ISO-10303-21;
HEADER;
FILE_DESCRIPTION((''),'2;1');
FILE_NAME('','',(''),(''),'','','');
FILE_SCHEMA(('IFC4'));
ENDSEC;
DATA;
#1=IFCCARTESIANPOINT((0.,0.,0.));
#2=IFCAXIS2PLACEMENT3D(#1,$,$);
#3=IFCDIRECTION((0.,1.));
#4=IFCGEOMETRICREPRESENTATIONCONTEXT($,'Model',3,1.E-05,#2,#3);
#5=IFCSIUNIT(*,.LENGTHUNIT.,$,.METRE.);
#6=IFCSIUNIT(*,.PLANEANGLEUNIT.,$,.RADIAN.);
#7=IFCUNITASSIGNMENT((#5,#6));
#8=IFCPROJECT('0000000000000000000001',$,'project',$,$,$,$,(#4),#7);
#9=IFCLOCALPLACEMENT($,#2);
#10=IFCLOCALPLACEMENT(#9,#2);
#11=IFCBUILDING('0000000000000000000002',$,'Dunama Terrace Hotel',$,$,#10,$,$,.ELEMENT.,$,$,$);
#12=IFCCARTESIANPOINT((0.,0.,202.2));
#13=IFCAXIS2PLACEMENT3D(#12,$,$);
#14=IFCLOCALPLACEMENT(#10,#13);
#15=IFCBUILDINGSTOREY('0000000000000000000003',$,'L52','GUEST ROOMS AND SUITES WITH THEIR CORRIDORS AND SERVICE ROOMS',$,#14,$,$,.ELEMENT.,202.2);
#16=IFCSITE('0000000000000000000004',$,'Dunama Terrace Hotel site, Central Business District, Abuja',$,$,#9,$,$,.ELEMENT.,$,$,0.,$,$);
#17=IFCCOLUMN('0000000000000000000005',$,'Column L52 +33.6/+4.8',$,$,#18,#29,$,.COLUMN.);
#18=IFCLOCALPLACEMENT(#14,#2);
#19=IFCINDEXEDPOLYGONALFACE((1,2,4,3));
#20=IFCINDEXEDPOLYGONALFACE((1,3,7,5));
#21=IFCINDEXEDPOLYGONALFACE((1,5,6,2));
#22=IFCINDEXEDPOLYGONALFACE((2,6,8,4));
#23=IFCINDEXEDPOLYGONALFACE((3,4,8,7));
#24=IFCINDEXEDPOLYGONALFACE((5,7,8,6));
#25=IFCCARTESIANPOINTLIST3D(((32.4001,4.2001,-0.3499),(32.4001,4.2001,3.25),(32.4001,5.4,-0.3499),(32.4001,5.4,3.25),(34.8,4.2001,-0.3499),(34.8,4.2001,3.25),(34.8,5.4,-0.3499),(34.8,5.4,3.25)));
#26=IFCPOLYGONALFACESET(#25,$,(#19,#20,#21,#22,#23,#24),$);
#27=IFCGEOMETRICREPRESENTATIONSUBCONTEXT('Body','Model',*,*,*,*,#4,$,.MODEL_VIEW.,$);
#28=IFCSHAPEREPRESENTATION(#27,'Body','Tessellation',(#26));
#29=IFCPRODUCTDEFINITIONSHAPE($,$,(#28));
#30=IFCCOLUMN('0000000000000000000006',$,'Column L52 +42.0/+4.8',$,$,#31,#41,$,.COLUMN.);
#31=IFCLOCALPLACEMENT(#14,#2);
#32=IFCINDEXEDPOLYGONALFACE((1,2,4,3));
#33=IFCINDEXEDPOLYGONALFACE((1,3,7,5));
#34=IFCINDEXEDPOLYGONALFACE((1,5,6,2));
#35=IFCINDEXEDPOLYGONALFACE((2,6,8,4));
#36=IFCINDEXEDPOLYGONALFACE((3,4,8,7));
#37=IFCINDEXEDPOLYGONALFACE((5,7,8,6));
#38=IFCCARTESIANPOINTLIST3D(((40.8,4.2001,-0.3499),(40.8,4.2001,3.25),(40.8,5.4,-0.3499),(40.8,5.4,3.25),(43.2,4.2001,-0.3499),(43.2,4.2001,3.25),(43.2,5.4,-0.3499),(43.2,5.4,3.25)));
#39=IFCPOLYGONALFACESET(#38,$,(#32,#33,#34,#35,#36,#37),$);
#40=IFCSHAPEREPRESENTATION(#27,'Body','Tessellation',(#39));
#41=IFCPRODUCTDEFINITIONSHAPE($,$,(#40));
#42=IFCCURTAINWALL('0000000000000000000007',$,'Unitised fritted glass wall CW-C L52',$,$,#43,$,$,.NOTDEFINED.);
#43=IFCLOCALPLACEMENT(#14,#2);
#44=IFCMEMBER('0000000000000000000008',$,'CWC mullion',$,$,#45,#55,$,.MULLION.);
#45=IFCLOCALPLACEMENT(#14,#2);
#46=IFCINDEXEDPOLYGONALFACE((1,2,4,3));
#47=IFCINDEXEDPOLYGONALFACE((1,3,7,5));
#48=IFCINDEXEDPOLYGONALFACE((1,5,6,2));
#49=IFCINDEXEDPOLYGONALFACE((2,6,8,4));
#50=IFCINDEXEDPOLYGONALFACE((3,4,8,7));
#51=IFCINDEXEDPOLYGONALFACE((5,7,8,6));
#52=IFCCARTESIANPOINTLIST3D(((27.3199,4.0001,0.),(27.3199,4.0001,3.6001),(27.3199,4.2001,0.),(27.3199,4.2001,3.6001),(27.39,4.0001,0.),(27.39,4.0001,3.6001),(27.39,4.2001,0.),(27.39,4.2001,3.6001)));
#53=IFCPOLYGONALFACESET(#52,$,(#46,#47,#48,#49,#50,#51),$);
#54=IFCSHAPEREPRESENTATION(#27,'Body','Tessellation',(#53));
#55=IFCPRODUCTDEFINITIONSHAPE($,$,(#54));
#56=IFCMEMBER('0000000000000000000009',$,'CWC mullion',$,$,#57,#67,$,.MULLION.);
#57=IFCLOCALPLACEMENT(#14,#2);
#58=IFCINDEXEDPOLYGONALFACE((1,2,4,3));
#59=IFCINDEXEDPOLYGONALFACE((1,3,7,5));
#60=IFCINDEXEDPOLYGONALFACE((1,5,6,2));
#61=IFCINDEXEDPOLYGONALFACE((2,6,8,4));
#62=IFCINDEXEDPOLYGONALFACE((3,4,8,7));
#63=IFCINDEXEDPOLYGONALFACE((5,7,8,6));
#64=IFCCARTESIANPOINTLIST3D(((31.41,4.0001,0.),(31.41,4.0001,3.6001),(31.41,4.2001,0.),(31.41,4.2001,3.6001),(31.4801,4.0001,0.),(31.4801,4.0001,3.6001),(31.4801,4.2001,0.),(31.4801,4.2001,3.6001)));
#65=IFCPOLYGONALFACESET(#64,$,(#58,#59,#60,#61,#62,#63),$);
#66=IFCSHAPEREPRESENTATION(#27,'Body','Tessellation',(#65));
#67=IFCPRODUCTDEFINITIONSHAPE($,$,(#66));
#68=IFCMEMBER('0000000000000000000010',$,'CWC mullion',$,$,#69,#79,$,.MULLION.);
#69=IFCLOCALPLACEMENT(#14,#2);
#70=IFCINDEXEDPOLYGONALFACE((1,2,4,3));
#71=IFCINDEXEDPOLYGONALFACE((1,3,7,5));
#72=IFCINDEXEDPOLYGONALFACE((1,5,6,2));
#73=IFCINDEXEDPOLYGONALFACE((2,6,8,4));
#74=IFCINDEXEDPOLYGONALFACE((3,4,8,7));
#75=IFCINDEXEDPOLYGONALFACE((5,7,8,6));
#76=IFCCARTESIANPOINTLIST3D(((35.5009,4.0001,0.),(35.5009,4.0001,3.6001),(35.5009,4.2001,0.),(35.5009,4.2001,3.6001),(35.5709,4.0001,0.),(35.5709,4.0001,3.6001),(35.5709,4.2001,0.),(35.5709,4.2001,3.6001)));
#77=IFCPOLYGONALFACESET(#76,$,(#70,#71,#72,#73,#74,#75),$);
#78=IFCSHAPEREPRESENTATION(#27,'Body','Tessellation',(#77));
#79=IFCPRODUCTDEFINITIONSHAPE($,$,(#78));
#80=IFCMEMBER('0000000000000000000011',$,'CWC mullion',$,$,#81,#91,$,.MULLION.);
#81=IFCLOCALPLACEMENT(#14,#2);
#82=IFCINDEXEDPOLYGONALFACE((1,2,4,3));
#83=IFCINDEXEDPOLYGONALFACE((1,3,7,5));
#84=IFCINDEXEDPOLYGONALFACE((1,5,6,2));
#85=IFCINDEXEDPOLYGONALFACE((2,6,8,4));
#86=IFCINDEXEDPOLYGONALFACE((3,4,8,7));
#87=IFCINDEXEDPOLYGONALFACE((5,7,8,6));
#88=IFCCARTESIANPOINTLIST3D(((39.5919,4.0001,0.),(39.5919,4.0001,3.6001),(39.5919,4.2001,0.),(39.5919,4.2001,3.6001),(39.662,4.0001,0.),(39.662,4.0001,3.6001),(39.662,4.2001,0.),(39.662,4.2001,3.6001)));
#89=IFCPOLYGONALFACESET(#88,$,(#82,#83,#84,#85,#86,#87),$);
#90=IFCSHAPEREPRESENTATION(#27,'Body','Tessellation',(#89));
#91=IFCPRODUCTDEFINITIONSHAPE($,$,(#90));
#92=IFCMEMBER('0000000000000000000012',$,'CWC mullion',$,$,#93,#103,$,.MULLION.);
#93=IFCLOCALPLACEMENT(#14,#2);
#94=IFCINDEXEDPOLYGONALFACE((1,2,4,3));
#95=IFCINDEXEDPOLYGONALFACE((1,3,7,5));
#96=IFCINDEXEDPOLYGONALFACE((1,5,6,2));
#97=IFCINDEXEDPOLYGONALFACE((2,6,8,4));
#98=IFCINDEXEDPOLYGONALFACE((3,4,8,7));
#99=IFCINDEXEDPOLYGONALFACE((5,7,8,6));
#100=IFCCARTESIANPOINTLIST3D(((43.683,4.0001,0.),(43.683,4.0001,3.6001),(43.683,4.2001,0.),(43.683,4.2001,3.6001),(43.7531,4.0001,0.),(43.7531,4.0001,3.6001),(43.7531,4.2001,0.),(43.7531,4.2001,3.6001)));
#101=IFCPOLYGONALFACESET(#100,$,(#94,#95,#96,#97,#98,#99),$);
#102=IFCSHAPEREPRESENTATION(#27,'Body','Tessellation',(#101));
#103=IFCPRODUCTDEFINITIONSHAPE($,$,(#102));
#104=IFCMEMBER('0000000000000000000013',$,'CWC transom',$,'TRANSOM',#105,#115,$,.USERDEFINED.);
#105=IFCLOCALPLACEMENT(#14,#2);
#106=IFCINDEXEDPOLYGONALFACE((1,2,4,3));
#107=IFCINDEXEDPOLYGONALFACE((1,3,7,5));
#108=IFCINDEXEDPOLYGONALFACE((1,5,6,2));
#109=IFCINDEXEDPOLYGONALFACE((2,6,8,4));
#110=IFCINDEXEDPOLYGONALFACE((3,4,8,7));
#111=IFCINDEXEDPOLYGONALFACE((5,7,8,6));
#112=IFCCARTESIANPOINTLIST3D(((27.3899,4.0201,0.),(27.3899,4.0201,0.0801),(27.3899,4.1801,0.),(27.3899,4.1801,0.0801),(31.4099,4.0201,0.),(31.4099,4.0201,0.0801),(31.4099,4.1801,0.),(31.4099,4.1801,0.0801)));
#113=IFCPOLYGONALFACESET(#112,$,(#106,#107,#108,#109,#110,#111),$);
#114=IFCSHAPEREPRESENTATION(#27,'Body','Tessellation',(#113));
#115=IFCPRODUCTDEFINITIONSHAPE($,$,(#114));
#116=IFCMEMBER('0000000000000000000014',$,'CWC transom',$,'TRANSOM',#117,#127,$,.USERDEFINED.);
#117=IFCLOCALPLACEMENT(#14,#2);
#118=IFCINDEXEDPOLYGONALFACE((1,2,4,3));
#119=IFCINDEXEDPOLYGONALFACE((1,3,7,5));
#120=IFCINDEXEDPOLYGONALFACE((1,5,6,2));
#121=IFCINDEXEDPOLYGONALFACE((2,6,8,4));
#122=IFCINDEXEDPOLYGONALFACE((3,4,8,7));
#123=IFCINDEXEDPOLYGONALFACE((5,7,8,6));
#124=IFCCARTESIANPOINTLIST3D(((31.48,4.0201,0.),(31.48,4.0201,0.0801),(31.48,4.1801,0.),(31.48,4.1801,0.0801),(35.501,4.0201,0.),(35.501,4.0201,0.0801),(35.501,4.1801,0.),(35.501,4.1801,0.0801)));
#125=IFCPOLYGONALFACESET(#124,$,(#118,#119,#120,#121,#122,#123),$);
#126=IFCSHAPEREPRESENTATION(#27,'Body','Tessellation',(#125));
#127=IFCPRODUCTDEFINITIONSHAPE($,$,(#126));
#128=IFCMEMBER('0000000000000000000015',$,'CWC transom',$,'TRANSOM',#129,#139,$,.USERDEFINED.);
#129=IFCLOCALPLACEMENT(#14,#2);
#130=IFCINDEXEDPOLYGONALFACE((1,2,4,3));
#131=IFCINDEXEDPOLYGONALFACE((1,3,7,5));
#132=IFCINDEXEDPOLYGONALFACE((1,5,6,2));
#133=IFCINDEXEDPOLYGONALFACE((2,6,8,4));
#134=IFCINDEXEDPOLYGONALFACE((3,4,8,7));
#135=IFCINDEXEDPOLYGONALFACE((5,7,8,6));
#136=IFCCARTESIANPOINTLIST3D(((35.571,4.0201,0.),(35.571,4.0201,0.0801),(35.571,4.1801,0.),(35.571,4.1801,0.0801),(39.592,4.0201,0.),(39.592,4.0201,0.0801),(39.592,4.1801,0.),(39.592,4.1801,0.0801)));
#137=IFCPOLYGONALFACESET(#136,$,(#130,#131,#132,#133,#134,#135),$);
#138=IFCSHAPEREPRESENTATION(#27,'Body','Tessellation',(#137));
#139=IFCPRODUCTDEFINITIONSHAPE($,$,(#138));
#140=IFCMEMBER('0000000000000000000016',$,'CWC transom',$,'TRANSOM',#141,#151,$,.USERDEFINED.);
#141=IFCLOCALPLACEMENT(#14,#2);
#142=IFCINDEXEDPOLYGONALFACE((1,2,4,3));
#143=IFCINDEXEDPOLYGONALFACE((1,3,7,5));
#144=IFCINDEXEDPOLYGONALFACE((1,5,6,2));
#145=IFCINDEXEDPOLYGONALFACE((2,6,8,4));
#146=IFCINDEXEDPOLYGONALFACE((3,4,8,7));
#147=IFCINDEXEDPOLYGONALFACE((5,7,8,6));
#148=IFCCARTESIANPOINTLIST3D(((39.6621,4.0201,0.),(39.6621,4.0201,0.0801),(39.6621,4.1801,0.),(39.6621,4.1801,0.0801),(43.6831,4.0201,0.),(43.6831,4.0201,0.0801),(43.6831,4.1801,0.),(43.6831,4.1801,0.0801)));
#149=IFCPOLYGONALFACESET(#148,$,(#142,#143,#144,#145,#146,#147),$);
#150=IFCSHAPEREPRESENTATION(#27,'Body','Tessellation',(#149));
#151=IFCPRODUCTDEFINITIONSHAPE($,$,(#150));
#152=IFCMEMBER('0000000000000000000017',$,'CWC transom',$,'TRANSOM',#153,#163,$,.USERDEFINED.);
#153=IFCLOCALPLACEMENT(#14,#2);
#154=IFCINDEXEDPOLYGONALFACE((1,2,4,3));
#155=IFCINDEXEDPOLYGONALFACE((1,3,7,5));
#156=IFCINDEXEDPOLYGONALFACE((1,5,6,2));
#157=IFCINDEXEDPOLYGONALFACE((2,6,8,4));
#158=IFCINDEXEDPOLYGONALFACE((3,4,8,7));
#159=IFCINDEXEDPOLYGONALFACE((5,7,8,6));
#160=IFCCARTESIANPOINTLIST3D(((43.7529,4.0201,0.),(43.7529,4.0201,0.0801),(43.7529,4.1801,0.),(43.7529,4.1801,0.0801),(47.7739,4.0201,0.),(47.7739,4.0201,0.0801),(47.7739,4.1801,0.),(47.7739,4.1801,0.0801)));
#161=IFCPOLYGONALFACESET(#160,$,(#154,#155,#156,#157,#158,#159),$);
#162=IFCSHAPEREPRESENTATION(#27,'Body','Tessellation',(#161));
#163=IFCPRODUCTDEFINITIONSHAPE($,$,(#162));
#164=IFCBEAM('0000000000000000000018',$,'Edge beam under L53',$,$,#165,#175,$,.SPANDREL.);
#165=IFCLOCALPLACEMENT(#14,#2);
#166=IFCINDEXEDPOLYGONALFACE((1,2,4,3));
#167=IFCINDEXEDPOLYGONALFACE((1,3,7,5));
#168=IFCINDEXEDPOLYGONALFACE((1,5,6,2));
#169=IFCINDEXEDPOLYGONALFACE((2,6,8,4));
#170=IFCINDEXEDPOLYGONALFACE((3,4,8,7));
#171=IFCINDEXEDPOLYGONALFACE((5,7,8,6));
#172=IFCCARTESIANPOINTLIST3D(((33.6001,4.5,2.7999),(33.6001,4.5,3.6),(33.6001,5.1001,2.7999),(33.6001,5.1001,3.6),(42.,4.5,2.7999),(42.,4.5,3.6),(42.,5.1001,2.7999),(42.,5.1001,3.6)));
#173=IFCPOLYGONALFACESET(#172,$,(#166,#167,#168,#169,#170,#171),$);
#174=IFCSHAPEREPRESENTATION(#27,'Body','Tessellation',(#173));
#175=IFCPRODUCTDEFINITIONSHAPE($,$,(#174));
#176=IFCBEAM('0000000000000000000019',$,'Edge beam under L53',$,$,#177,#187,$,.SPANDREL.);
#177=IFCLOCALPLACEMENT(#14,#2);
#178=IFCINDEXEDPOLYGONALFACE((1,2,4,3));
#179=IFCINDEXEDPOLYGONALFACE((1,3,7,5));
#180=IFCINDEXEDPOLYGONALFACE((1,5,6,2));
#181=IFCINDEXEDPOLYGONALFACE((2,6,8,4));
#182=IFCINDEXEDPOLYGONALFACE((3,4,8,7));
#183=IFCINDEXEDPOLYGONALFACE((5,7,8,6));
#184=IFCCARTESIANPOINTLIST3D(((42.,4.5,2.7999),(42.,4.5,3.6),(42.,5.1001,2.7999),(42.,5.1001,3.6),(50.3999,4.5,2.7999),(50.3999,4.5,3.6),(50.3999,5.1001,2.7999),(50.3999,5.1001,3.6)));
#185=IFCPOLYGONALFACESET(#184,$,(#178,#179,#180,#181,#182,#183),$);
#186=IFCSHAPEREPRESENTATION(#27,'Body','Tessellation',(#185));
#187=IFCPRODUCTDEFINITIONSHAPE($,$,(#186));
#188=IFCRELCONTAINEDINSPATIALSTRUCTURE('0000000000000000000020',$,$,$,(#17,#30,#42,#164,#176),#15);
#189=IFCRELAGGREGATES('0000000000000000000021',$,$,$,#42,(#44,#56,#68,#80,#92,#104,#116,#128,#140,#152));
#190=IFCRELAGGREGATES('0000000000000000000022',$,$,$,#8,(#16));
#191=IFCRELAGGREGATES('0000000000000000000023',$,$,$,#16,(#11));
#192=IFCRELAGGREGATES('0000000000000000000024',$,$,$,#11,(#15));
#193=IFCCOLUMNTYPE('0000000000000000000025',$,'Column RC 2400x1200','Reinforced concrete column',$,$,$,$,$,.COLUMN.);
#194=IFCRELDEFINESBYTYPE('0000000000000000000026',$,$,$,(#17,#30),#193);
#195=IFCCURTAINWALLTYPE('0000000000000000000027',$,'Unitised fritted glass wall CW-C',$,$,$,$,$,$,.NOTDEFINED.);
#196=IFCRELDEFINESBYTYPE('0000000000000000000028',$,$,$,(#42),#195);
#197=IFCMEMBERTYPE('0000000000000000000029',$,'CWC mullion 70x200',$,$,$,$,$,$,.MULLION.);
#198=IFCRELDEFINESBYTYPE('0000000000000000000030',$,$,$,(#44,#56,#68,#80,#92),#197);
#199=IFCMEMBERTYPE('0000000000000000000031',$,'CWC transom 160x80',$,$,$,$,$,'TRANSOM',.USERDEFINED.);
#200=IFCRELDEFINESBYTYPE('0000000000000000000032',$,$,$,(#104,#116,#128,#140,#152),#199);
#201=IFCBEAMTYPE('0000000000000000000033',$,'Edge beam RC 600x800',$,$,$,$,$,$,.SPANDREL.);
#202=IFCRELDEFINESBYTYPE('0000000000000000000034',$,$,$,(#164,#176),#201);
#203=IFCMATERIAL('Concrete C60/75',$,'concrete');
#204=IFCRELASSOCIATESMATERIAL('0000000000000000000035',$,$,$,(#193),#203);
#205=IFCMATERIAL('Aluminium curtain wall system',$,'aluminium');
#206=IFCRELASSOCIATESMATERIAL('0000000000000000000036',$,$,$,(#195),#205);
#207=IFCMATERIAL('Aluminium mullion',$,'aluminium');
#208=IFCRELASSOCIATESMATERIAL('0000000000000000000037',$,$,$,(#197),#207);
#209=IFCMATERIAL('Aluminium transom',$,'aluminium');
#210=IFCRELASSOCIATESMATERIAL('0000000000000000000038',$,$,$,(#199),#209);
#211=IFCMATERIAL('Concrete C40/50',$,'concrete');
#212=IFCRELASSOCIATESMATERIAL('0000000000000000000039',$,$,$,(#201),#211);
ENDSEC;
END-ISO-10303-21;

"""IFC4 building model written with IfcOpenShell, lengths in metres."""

from ifc_helpers import new_model, si_unit, direction, frame, origin, origin_2d, place, context, subcontext, project, spatial, rectangle, extrude, material, material_profile, profile_set, type_object, element, aggregate, save


model = new_model("IFC4")

# Units and contexts
model_context = context("Model", 3, precision=1e-05, world=origin(), true_north=direction((0.0, 1.0)))
body_context = subcontext(model_context, "Body", "Model", "MODEL_VIEW")
ifc_project = project(units=[si_unit("LENGTHUNIT", "METRE"), si_unit("PLANEANGLEUNIT", "RADIAN")], contexts=[model_context])

# Site, building, storey
site_placement = place(None, origin())
site = spatial("IfcSite", under=ifc_project, at=site_placement, Name="Dunama Terrace Hotel site, Central Business District, Abuja", CompositionType="ELEMENT", RefElevation=0.0)
building_placement = place(site_placement, origin())
building = spatial("IfcBuilding", under=site, at=building_placement, Name="Dunama Terrace Hotel", CompositionType="ELEMENT")
storey_placement = place(building_placement, frame((0.0, 0.0, 202.2)))
storey = spatial("IfcBuildingStorey", under=building, at=storey_placement, Name="L52", Description="GUEST ROOMS AND SUITES WITH THEIR CORRIDORS AND SERVICE ROOMS", CompositionType="ELEMENT", Elevation=202.2)

# Columns
ifc_material_1 = material(Name="Concrete C60/75", Category="concrete")
ifc_material_profile_1 = material_profile(ifc_material_1, rectangle(XDim=2.3999, YDim=1.2, at=origin_2d()), Name="RC 2400x1200")
ifc_profile_set_1 = profile_set([ifc_material_profile_1], Name="Concrete C60/75")
column_type = type_object("IfcColumnType", Name="Column RC 2400x1200", Description="Reinforced concrete column", PredefinedType="COLUMN", material=ifc_profile_set_1)
for number, where, z_axis, x_axis, name in (
    (1, (33.6001, 4.8, -0.3499), (0.0, 0.0, 1.0), (1.0, 0.0, 0.0), "Column L52 +33.6/+4.8"),
    (2, (42.0, 4.8, -0.3499), (0.0, 0.0, 1.0), (1.0, 0.0, 0.0), "Column L52 +42.0/+4.8"),
):
    element("IfcColumn", number, at=place(storey_placement, frame(where, z_axis=z_axis, x_axis=x_axis)), inside=storey, type_object=column_type, Name=name, PredefinedType="COLUMN", context=body_context, shape_type="SweptSolid", body=[
        extrude(rectangle(XDim=2.3999, YDim=1.2, at=origin_2d()), origin(), (0.0, 0.0, 1.0), 3.5999),
    ])

# Curtain wall, members
ifc_material_2 = material(Name="Aluminium curtain wall system", Category="aluminium")
curtain_wall_type = type_object("IfcCurtainWallType", Name="Unitised fritted glass wall CW-C", PredefinedType="NOTDEFINED", material=ifc_material_2)
curtain_wall_placement = place(storey_placement, origin())
curtain_wall = element("IfcCurtainWall", 3, at=curtain_wall_placement, inside=storey, type_object=curtain_wall_type, Name="Unitised fritted glass wall CW-C L52", PredefinedType="NOTDEFINED")
ifc_material_3 = material(Name="Aluminium mullion", Category="aluminium")
ifc_material_profile_2 = material_profile(ifc_material_3, rectangle(XDim=0.0701, YDim=0.2, at=origin_2d()), Name="CWC MULLION 70X200")
ifc_profile_set_2 = profile_set([ifc_material_profile_2], Name="Aluminium mullion")
member_type_1 = type_object("IfcMemberType", Name="CWC mullion 70x200", PredefinedType="MULLION", material=ifc_profile_set_2)
member_1_placement = place(storey_placement, frame((27.355, 4.1001, 0.0), z_axis=(0.0, 0.0, 1.0), x_axis=(1.0, 0.0, 0.0)))
member_1 = element("IfcMember", 4, at=member_1_placement, type_object=member_type_1, Name="CWC mullion", PredefinedType="MULLION", context=body_context, shape_type="SweptSolid", body=[
    extrude(rectangle(XDim=0.0701, YDim=0.2, at=origin_2d()), origin(), (0.0, 0.0, 1.0), 3.6001),
])
member_2_placement = place(storey_placement, frame((31.4451, 4.1001, 0.0), z_axis=(0.0, 0.0, 1.0), x_axis=(1.0, 0.0, 0.0)))
member_2 = element("IfcMember", 5, at=member_2_placement, type_object=member_type_1, Name="CWC mullion", PredefinedType="MULLION", context=body_context, shape_type="SweptSolid", body=[
    extrude(rectangle(XDim=0.0701, YDim=0.2, at=origin_2d()), origin(), (0.0, 0.0, 1.0), 3.6001),
])
member_3_placement = place(storey_placement, frame((35.5359, 4.1001, 0.0), z_axis=(0.0, 0.0, 1.0), x_axis=(1.0, 0.0, 0.0)))
member_3 = element("IfcMember", 6, at=member_3_placement, type_object=member_type_1, Name="CWC mullion", PredefinedType="MULLION", context=body_context, shape_type="SweptSolid", body=[
    extrude(rectangle(XDim=0.0701, YDim=0.2, at=origin_2d()), origin(), (0.0, 0.0, 1.0), 3.6001),
])
member_4_placement = place(storey_placement, frame((39.627, 4.1001, 0.0), z_axis=(0.0, 0.0, 1.0), x_axis=(1.0, 0.0, 0.0)))
member_4 = element("IfcMember", 7, at=member_4_placement, type_object=member_type_1, Name="CWC mullion", PredefinedType="MULLION", context=body_context, shape_type="SweptSolid", body=[
    extrude(rectangle(XDim=0.0701, YDim=0.2, at=origin_2d()), origin(), (0.0, 0.0, 1.0), 3.6001),
])
member_5_placement = place(storey_placement, frame((43.718, 4.1001, 0.0), z_axis=(0.0, 0.0, 1.0), x_axis=(1.0, 0.0, 0.0)))
member_5 = element("IfcMember", 8, at=member_5_placement, type_object=member_type_1, Name="CWC mullion", PredefinedType="MULLION", context=body_context, shape_type="SweptSolid", body=[
    extrude(rectangle(XDim=0.0701, YDim=0.2, at=origin_2d()), origin(), (0.0, 0.0, 1.0), 3.6001),
])
ifc_material_4 = material(Name="Aluminium transom", Category="aluminium")
ifc_material_profile_3 = material_profile(ifc_material_4, rectangle(XDim=0.1599, YDim=0.0801, at=origin_2d()), Name="CWC TRANSOM 160X80")
ifc_profile_set_3 = profile_set([ifc_material_profile_3], Name="Aluminium transom")
member_type_2 = type_object("IfcMemberType", Name="CWC transom 160x80", ElementType="TRANSOM", PredefinedType="USERDEFINED", material=ifc_profile_set_3)
member_6_placement = place(storey_placement, frame((27.3899, 4.1001, 0.04), z_axis=(1.0, 0.0, 0.0), x_axis=(0.0, 1.0, 0.0)))
member_6 = element("IfcMember", 9, at=member_6_placement, type_object=member_type_2, Name="CWC transom", ObjectType="TRANSOM", PredefinedType="USERDEFINED", context=body_context, shape_type="SweptSolid", body=[
    extrude(rectangle(XDim=0.1599, YDim=0.0801, at=origin_2d()), origin(), (0.0, 0.0, 1.0), 4.02),
])
member_7_placement = place(storey_placement, frame((31.48, 4.1001, 0.04), z_axis=(1.0, 0.0, 0.0), x_axis=(0.0, 1.0, 0.0)))
member_7 = element("IfcMember", 10, at=member_7_placement, type_object=member_type_2, Name="CWC transom", ObjectType="TRANSOM", PredefinedType="USERDEFINED", context=body_context, shape_type="SweptSolid", body=[
    extrude(rectangle(XDim=0.1599, YDim=0.0801, at=origin_2d()), origin(), (0.0, 0.0, 1.0), 4.021),
])
member_8_placement = place(storey_placement, frame((35.571, 4.1001, 0.04), z_axis=(1.0, 0.0, 0.0), x_axis=(0.0, 1.0, 0.0)))
member_8 = element("IfcMember", 11, at=member_8_placement, type_object=member_type_2, Name="CWC transom", ObjectType="TRANSOM", PredefinedType="USERDEFINED", context=body_context, shape_type="SweptSolid", body=[
    extrude(rectangle(XDim=0.1599, YDim=0.0801, at=origin_2d()), origin(), (0.0, 0.0, 1.0), 4.021),
])
member_9_placement = place(storey_placement, frame((39.6621, 4.1001, 0.04), z_axis=(1.0, 0.0, 0.0), x_axis=(0.0, 1.0, 0.0)))
member_9 = element("IfcMember", 12, at=member_9_placement, type_object=member_type_2, Name="CWC transom", ObjectType="TRANSOM", PredefinedType="USERDEFINED", context=body_context, shape_type="SweptSolid", body=[
    extrude(rectangle(XDim=0.1599, YDim=0.0801, at=origin_2d()), origin(), (0.0, 0.0, 1.0), 4.021),
])
member_10_placement = place(storey_placement, frame((43.7529, 4.1001, 0.04), z_axis=(1.0, 0.0, 0.0), x_axis=(0.0, 1.0, 0.0)))
member_10 = element("IfcMember", 13, at=member_10_placement, type_object=member_type_2, Name="CWC transom", ObjectType="TRANSOM", PredefinedType="USERDEFINED", context=body_context, shape_type="SweptSolid", body=[
    extrude(rectangle(XDim=0.1599, YDim=0.0801, at=origin_2d()), origin(), (0.0, 0.0, 1.0), 4.021),
])

# Beams
ifc_material_5 = material(Name="Concrete C40/50", Category="concrete")
ifc_material_profile_4 = material_profile(ifc_material_5, rectangle(XDim=0.6001, YDim=0.8, at=origin_2d()), Name="RC 600x800")
ifc_profile_set_4 = profile_set([ifc_material_profile_4], Name="Concrete C40/50")
beam_type = type_object("IfcBeamType", Name="Edge beam RC 600x800", PredefinedType="SPANDREL", material=ifc_profile_set_4)
for number, where, z_axis, x_axis, name in (
    (14, (33.6001, 4.8, 3.2), (1.0, 0.0, 0.0), (0.0, 1.0, 0.0), "Edge beam under L53"),
    (15, (42.0, 4.8, 3.2), (1.0, 0.0, 0.0), (0.0, 1.0, 0.0), "Edge beam under L53"),
):
    element("IfcBeam", number, at=place(storey_placement, frame(where, z_axis=z_axis, x_axis=x_axis)), inside=storey, type_object=beam_type, Name=name, PredefinedType="SPANDREL", context=body_context, shape_type="SweptSolid", body=[
        extrude(rectangle(XDim=0.6001, YDim=0.8, at=origin_2d()), origin(), (0.0, 0.0, 1.0), 8.3999),
    ])

aggregate(curtain_wall, [member_1, member_2, member_3, member_4, member_5, member_6, member_7, member_8, member_9, member_10])

save(model, "model.ifc")
